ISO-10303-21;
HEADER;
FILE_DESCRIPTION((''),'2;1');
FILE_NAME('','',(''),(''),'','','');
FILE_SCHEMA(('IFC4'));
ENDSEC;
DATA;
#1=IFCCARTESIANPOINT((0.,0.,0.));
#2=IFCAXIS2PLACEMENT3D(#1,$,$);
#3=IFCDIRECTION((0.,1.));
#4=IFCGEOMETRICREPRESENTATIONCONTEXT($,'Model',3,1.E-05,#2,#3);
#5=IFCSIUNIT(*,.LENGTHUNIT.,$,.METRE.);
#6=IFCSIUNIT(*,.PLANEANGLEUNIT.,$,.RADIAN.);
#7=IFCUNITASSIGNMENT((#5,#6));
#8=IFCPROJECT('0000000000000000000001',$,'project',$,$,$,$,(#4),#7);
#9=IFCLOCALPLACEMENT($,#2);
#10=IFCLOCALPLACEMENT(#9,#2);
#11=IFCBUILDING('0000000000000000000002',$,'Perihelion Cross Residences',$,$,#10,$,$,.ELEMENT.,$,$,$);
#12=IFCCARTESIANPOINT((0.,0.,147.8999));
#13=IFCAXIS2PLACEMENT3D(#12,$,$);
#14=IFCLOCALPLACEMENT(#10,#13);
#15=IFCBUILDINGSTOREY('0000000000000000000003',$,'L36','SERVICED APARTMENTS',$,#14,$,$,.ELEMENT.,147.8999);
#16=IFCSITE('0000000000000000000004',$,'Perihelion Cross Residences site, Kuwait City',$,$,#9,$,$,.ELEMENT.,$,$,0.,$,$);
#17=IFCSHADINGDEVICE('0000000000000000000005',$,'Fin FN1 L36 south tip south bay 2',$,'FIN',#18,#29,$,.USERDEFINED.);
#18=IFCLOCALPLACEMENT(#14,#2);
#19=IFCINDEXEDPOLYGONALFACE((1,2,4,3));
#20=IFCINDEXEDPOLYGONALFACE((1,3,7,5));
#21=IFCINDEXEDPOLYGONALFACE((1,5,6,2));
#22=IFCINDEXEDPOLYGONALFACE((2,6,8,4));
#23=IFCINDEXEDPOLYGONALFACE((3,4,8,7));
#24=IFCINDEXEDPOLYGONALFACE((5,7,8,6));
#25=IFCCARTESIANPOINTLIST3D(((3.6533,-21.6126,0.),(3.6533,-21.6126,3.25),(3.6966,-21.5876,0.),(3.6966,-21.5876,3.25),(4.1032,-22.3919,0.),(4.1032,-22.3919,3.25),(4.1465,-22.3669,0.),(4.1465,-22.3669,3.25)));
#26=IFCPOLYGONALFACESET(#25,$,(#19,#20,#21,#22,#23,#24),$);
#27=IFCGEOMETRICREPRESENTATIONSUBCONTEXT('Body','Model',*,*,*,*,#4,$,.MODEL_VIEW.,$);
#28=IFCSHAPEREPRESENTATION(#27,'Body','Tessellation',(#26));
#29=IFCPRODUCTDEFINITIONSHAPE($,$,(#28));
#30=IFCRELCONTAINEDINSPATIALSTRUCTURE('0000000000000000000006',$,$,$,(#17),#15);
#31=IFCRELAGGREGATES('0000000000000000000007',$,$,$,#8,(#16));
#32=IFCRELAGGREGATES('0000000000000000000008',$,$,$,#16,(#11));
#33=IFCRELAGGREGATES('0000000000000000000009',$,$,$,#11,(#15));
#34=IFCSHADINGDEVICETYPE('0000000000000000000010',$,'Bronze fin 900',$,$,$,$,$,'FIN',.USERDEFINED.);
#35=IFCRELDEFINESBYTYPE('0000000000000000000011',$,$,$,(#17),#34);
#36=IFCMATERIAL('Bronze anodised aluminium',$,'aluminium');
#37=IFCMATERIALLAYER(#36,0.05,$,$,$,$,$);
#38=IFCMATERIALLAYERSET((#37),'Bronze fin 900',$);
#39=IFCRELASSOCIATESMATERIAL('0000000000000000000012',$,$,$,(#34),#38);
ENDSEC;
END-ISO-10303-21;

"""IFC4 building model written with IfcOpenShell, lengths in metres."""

from ifc_helpers import new_model, si_unit, direction, frame, origin, origin_2d, place, context, subcontext, project, spatial, rectangle, extrude, material, layer, layer_set, type_object, element, save


model = new_model("IFC4")

# Units and contexts
model_context = context("Model", 3, precision=1e-05, world=origin(), true_north=direction((0.0, 1.0)))
body_context = subcontext(model_context, "Body", "Model", "MODEL_VIEW")
ifc_project = project(units=[si_unit("LENGTHUNIT", "METRE"), si_unit("PLANEANGLEUNIT", "RADIAN")], contexts=[model_context])

# Site, building, storey
site_placement = place(None, origin())
site = spatial("IfcSite", under=ifc_project, at=site_placement, Name="Perihelion Cross Residences site, Kuwait City", CompositionType="ELEMENT", RefElevation=0.0)
building_placement = place(site_placement, origin())
building = spatial("IfcBuilding", under=site, at=building_placement, Name="Perihelion Cross Residences", CompositionType="ELEMENT")
storey_placement = place(building_placement, frame((0.0, 0.0, 147.8999)))
storey = spatial("IfcBuildingStorey", under=building, at=storey_placement, Name="L36", Description="SERVICED APARTMENTS", CompositionType="ELEMENT", Elevation=147.8999)

# Shading device
ifc_material_1 = material(Name="Bronze anodised aluminium", Category="aluminium")
ifc_layer_1 = layer(ifc_material_1, 0.05)
ifc_layer_set_1 = layer_set([ifc_layer_1], Name="Bronze fin 900")
shading_device_type = type_object("IfcShadingDeviceType", Name="Bronze fin 900", ElementType="FIN", PredefinedType="USERDEFINED", material=ifc_layer_set_1)
shading_device_placement = place(storey_placement, frame((3.8999, -21.9897, 0.0), z_axis=(0.0, 0.0, 1.0), x_axis=(0.5, -0.866025, 0.0)))
element("IfcShadingDevice", 1, at=shading_device_placement, inside=storey, type_object=shading_device_type, Name="Fin FN1 L36 south tip south bay 2", ObjectType="FIN", PredefinedType="USERDEFINED", context=body_context, shape_type="SweptSolid", body=[
    extrude(rectangle(XDim=0.8999, YDim=0.05, at=origin_2d()), origin(), (0.0, 0.0, 1.0), 3.25),
])

save(model, "model.ifc")
